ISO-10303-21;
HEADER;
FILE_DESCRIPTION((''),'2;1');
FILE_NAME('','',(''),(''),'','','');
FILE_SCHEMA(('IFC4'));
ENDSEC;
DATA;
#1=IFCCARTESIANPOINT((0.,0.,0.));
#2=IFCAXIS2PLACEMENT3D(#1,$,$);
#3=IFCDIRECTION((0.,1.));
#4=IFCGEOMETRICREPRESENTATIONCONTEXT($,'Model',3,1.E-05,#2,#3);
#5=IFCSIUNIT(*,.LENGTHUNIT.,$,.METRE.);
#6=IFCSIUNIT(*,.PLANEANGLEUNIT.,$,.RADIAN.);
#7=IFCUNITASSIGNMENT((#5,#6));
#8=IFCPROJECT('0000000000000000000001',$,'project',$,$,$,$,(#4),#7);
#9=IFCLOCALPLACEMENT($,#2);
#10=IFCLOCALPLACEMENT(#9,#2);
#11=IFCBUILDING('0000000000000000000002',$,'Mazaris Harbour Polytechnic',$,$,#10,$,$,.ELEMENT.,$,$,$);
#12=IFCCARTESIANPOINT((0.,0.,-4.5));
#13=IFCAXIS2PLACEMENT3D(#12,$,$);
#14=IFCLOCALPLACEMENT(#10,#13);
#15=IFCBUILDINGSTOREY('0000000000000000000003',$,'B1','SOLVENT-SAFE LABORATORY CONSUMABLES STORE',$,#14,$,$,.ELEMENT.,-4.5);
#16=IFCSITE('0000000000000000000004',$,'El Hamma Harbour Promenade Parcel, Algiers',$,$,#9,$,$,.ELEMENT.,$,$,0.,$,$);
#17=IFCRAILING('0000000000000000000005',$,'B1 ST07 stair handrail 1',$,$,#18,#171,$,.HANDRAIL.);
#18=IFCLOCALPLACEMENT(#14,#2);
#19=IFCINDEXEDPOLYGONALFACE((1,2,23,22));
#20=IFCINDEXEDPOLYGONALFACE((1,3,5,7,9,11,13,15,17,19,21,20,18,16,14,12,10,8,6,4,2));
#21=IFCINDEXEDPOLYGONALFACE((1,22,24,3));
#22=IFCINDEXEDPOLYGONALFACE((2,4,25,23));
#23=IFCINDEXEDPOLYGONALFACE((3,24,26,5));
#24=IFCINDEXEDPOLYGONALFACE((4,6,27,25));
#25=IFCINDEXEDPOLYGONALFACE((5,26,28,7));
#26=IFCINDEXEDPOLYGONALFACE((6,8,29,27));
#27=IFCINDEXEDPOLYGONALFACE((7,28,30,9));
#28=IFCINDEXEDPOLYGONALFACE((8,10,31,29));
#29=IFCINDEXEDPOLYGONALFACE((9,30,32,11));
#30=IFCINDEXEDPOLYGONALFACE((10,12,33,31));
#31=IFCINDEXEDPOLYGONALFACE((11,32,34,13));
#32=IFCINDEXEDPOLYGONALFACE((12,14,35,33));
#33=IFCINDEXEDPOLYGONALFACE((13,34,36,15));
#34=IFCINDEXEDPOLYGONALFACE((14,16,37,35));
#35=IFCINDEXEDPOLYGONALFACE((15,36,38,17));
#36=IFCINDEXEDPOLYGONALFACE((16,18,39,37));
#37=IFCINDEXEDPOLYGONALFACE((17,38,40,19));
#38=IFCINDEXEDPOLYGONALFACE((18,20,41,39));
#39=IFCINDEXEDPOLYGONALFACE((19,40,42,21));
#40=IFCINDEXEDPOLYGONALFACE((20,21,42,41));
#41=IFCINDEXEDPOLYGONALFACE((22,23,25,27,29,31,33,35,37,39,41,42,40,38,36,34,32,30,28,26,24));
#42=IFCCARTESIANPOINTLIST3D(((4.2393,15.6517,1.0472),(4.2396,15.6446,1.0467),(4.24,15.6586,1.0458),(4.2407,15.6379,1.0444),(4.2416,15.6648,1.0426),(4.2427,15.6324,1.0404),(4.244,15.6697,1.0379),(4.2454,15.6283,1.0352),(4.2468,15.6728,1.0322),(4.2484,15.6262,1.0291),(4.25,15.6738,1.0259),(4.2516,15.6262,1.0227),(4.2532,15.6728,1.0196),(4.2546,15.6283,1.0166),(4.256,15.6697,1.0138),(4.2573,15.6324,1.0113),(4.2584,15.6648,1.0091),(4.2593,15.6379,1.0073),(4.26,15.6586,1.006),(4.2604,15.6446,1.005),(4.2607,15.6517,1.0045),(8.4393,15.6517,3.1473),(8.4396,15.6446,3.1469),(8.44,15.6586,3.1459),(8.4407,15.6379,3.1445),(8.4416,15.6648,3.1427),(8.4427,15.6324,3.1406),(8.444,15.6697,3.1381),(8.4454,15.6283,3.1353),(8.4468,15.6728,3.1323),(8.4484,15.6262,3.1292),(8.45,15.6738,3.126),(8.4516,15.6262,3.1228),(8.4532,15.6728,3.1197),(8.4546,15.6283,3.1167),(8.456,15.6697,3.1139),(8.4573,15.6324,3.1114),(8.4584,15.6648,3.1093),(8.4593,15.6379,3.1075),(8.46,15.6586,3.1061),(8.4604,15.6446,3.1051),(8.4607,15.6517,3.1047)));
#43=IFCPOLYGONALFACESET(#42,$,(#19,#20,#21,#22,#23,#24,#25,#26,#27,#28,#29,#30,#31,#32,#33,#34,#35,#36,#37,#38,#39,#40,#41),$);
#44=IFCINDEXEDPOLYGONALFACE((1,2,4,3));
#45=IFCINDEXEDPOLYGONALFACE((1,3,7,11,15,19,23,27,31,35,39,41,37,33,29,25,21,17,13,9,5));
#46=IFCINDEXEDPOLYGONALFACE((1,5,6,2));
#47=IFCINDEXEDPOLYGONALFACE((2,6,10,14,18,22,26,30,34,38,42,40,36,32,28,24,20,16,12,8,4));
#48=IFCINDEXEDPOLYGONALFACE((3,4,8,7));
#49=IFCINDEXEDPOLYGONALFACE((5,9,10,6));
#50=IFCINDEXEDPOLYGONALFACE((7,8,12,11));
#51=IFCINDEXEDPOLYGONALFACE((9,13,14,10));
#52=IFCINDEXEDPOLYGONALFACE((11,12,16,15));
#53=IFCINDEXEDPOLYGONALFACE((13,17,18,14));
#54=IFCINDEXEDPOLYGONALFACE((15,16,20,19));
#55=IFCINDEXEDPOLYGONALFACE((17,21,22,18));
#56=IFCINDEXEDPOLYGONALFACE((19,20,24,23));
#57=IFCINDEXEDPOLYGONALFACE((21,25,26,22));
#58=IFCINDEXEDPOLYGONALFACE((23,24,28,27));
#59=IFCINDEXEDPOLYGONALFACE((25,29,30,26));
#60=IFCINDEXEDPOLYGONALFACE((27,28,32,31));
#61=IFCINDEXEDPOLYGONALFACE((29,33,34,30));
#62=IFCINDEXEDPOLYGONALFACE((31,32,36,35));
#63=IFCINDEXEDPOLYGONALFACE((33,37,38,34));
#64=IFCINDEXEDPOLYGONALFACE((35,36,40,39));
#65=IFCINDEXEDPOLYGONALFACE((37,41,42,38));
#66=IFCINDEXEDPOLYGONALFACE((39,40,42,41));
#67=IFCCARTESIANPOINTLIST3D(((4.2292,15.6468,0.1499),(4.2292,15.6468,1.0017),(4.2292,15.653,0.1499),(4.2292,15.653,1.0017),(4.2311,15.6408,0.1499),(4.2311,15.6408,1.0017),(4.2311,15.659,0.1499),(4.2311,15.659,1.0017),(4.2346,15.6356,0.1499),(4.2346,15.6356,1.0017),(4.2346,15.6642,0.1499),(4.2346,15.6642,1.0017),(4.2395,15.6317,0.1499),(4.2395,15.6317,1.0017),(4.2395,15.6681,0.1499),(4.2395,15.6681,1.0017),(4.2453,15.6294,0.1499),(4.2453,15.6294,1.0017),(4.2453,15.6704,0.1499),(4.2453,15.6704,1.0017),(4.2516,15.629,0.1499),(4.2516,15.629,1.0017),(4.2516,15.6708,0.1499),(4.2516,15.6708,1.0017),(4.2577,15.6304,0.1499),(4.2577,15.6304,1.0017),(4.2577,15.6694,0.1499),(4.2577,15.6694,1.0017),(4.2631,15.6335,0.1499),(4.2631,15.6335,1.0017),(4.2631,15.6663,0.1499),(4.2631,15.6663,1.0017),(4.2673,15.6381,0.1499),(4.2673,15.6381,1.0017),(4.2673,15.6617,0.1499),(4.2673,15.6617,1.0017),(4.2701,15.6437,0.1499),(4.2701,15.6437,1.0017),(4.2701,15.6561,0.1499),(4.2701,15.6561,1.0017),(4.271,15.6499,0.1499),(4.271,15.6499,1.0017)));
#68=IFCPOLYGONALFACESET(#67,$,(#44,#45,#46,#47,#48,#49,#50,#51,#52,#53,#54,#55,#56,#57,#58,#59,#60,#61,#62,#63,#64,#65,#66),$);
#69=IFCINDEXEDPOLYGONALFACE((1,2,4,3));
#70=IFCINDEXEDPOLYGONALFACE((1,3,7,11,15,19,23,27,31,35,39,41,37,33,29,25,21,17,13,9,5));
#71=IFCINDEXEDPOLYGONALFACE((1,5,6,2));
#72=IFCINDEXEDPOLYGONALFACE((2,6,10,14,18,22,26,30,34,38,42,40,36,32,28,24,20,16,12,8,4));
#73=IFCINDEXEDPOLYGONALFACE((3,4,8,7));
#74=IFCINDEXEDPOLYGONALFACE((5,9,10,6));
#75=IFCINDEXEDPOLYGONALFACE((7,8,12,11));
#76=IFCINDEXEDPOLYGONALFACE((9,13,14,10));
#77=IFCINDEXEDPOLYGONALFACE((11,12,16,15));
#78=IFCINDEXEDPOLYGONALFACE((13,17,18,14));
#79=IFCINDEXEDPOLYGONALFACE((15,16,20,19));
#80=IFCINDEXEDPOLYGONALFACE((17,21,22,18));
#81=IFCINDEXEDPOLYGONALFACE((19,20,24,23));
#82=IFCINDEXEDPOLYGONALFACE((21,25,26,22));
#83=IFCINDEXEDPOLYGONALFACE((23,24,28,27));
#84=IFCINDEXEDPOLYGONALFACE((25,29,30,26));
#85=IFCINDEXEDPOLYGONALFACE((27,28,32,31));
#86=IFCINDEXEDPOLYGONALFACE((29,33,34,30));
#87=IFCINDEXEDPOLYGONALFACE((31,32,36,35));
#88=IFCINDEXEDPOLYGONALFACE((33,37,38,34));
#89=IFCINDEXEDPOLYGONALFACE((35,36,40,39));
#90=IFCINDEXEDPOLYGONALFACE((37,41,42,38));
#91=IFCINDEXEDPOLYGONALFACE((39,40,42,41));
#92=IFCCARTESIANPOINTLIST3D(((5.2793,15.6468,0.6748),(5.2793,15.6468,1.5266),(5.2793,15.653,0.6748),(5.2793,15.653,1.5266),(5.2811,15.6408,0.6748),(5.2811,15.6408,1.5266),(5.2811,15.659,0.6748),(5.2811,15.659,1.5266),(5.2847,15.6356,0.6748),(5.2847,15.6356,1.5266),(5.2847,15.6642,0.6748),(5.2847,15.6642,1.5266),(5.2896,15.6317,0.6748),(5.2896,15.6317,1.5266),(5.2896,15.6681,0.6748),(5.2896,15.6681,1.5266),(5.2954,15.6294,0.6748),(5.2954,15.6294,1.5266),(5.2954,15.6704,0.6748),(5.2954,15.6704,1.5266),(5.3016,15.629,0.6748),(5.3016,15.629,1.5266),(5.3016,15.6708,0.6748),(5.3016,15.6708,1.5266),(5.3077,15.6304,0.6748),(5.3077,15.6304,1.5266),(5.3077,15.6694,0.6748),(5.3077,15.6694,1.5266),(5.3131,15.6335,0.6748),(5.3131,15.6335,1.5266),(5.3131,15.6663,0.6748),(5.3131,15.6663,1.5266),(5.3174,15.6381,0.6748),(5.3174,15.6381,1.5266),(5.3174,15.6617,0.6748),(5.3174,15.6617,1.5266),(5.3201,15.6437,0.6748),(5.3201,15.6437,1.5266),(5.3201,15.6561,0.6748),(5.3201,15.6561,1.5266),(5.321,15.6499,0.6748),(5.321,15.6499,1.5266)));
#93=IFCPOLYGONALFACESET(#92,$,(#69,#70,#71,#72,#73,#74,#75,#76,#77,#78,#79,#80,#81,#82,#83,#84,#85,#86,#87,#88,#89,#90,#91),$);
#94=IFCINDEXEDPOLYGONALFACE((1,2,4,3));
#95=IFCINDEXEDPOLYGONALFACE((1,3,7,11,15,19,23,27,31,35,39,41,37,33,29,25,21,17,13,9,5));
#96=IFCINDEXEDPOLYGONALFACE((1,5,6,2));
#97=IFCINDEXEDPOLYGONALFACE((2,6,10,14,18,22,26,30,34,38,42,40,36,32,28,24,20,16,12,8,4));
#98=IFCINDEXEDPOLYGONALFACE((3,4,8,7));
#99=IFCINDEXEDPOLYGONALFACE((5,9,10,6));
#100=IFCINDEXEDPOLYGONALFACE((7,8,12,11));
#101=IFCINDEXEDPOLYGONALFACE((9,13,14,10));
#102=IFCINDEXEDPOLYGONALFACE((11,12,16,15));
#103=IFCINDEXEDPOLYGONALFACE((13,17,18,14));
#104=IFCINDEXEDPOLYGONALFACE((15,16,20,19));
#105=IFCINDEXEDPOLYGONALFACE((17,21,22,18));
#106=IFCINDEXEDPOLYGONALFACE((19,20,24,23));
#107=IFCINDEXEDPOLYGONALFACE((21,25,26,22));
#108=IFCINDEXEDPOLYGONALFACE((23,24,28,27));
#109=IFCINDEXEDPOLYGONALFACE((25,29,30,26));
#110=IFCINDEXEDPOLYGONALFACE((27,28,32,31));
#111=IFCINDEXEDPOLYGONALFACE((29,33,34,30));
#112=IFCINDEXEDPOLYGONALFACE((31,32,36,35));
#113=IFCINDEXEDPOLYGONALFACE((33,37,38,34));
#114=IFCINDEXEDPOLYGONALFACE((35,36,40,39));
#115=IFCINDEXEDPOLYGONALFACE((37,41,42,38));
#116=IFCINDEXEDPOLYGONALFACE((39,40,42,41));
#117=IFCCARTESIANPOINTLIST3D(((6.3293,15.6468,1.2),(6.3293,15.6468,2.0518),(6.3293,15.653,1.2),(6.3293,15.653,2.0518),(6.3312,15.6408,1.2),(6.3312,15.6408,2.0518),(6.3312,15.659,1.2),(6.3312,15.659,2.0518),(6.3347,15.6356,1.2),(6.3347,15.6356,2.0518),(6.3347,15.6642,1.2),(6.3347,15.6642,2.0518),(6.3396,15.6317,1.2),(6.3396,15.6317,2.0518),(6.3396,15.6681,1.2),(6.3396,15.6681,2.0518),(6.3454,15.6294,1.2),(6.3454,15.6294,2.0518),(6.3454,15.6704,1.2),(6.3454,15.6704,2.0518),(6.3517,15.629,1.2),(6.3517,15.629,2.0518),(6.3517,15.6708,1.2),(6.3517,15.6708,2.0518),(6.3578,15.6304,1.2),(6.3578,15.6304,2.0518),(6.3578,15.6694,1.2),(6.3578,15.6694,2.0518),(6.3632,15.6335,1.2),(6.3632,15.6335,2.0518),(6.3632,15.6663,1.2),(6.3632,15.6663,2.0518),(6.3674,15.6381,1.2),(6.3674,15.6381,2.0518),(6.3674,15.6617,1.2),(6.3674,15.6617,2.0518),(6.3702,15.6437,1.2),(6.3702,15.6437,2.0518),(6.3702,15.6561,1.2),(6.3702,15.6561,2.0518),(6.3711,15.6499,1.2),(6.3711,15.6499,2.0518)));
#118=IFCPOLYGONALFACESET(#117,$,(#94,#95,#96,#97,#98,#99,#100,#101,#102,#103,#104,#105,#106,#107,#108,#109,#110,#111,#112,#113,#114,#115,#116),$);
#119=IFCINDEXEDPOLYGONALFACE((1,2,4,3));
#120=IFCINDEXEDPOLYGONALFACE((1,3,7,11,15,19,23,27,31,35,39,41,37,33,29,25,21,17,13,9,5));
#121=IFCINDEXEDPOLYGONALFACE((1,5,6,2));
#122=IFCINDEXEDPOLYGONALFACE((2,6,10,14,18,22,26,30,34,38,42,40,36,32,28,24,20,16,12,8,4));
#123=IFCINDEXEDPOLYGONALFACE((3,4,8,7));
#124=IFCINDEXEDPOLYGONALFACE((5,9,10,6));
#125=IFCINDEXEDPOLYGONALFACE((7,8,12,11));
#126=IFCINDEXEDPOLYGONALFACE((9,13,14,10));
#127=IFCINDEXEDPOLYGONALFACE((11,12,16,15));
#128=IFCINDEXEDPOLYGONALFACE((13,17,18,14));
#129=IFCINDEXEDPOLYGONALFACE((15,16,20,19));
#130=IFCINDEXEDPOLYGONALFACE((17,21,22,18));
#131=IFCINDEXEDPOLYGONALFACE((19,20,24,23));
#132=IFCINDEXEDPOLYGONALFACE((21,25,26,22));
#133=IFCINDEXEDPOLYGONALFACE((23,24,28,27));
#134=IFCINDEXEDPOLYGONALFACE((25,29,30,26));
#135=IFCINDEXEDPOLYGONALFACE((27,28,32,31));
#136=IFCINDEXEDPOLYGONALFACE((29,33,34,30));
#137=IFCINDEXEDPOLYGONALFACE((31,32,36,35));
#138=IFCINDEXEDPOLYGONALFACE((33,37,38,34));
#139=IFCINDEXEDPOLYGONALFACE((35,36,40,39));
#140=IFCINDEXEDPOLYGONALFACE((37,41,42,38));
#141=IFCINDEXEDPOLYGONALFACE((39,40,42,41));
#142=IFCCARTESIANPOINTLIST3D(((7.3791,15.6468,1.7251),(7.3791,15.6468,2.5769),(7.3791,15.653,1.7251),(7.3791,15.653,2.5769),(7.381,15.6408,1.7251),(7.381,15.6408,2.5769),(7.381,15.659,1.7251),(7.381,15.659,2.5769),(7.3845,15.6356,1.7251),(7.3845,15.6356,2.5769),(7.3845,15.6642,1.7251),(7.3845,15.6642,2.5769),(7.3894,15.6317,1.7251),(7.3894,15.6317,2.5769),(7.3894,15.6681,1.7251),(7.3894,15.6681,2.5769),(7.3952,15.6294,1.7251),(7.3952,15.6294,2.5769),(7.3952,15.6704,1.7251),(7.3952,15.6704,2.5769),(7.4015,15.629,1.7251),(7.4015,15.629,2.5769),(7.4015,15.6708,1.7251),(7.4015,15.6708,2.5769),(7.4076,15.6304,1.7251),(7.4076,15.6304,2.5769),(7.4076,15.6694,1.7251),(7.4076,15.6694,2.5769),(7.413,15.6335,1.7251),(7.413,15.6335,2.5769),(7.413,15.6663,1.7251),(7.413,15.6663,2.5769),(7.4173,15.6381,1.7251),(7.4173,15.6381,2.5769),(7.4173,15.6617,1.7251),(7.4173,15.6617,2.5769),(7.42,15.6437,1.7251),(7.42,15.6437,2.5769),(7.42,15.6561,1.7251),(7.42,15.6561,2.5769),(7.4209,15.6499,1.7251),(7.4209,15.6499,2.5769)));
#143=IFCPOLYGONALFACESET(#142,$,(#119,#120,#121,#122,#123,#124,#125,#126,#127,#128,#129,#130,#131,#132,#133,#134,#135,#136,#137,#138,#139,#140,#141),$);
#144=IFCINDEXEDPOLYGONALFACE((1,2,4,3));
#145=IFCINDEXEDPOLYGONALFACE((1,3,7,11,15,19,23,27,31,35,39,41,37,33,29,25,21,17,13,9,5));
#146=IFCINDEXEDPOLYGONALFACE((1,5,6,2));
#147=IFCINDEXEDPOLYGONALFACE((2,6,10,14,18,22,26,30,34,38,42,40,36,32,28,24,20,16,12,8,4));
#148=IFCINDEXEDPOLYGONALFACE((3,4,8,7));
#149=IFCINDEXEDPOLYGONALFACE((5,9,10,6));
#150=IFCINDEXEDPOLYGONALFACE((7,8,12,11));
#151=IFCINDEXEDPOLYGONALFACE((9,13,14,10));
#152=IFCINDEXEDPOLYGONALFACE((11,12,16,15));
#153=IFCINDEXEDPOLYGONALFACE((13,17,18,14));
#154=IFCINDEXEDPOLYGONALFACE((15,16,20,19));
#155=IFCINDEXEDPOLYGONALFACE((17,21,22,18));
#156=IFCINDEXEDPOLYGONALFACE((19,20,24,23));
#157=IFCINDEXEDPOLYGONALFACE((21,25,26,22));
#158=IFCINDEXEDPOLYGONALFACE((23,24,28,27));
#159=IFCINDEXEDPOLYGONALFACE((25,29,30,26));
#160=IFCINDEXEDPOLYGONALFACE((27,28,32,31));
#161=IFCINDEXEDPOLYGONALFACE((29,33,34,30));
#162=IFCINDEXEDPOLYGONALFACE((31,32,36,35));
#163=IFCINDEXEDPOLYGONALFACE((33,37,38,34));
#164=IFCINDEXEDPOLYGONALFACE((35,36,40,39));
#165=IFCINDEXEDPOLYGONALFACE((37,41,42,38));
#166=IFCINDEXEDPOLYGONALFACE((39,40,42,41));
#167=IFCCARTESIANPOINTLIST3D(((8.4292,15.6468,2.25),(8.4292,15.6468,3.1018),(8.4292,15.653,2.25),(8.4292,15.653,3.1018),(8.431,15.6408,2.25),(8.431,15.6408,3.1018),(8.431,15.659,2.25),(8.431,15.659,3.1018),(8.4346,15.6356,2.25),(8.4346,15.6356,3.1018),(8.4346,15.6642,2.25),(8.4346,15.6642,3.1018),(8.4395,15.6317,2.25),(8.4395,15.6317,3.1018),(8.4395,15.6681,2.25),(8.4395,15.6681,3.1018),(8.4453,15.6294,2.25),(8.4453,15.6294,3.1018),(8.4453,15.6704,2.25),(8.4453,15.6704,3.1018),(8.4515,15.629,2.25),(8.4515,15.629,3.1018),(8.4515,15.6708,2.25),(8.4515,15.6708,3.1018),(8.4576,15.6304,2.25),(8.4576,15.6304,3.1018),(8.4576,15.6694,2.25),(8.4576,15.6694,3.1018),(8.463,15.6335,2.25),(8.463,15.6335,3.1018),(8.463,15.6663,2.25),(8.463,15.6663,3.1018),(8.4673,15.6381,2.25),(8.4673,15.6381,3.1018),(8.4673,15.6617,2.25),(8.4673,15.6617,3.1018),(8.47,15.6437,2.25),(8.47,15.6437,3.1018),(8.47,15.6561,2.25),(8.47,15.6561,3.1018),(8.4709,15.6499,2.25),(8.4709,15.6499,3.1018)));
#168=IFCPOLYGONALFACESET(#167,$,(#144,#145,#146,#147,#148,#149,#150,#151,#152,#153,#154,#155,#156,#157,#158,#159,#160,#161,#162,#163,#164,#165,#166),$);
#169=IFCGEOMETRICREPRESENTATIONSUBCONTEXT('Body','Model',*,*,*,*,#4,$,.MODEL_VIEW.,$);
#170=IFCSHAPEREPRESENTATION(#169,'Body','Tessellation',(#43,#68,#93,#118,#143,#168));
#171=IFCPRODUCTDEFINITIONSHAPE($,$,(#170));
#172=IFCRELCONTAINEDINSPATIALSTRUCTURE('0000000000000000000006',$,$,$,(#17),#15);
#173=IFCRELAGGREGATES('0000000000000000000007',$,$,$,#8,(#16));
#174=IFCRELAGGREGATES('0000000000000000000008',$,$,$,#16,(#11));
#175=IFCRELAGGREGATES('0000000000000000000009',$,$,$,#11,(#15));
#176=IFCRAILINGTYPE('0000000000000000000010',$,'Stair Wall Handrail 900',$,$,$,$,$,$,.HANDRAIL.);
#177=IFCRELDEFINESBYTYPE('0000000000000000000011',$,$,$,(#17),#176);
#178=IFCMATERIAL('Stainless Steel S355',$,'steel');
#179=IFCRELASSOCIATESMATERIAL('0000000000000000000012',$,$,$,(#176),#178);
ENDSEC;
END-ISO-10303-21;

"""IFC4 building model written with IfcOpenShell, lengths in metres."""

from ifc_helpers import new_model, si_unit, direction, frame, origin, origin_2d, place, context, subcontext, project, spatial, circle, extrude, material, type_object, element, save


model = new_model("IFC4")

# Units and contexts
model_context = context("Model", 3, precision=1e-05, world=origin(), true_north=direction((0.0, 1.0)))
body_context = subcontext(model_context, "Body", "Model", "MODEL_VIEW")
ifc_project = project(units=[si_unit("LENGTHUNIT", "METRE"), si_unit("PLANEANGLEUNIT", "RADIAN")], contexts=[model_context])

# Site, building, storey
site_placement = place(None, origin())
site = spatial("IfcSite", under=ifc_project, at=site_placement, Name="El Hamma Harbour Promenade Parcel, Algiers", CompositionType="ELEMENT", RefElevation=0.0)
building_placement = place(site_placement, origin())
building = spatial("IfcBuilding", under=site, at=building_placement, Name="Mazaris Harbour Polytechnic", CompositionType="ELEMENT")
storey_placement = place(building_placement, frame((0.0, 0.0, -4.5)))
storey = spatial("IfcBuildingStorey", under=building, at=storey_placement, Name="B1", Description="SOLVENT-SAFE LABORATORY CONSUMABLES STORE", CompositionType="ELEMENT", Elevation=-4.5)

# Railing
ifc_material_1 = material(Name="Stainless Steel S355", Category="steel")
railing_type_1 = type_object("IfcRailingType", Name="Stair Wall Handrail 900", PredefinedType="HANDRAIL", material=ifc_material_1)
railing_1_placement = place(storey_placement, frame((4.25, 15.6499, 0.1499)))
element("IfcRailing", 1, at=railing_1_placement, inside=storey, type_object=railing_type_1, Name="B1 ST07 stair handrail 1", PredefinedType="HANDRAIL", context=body_context, shape_type="SweptSolid", body=[
    extrude(circle(Radius=0.0239, at=origin_2d()), frame((0.0, 0.0, 0.876), z_axis=(0.894417, 0.0, 0.447234), x_axis=(0.0, 1.0, 0.0)), (0.0, 0.0, 1.0), 4.6958),
    extrude(circle(Radius=0.021, at=origin_2d()), origin(), (0.0, 0.0, 1.0), 0.8518),
    extrude(circle(Radius=0.021, at=origin_2d()), frame((1.05, 0.0, 0.5249)), (0.0, 0.0, 1.0), 0.8518),
    extrude(circle(Radius=0.021, at=origin_2d()), frame((2.1001, 0.0, 1.05)), (0.0, 0.0, 1.0), 0.8518),
    extrude(circle(Radius=0.021, at=origin_2d()), frame((3.1499, 0.0, 1.5752)), (0.0, 0.0, 1.0), 0.8518),
    extrude(circle(Radius=0.021, at=origin_2d()), frame((4.2, 0.0, 2.1001)), (0.0, 0.0, 1.0), 0.8518),
])

save(model, "model.ifc")
